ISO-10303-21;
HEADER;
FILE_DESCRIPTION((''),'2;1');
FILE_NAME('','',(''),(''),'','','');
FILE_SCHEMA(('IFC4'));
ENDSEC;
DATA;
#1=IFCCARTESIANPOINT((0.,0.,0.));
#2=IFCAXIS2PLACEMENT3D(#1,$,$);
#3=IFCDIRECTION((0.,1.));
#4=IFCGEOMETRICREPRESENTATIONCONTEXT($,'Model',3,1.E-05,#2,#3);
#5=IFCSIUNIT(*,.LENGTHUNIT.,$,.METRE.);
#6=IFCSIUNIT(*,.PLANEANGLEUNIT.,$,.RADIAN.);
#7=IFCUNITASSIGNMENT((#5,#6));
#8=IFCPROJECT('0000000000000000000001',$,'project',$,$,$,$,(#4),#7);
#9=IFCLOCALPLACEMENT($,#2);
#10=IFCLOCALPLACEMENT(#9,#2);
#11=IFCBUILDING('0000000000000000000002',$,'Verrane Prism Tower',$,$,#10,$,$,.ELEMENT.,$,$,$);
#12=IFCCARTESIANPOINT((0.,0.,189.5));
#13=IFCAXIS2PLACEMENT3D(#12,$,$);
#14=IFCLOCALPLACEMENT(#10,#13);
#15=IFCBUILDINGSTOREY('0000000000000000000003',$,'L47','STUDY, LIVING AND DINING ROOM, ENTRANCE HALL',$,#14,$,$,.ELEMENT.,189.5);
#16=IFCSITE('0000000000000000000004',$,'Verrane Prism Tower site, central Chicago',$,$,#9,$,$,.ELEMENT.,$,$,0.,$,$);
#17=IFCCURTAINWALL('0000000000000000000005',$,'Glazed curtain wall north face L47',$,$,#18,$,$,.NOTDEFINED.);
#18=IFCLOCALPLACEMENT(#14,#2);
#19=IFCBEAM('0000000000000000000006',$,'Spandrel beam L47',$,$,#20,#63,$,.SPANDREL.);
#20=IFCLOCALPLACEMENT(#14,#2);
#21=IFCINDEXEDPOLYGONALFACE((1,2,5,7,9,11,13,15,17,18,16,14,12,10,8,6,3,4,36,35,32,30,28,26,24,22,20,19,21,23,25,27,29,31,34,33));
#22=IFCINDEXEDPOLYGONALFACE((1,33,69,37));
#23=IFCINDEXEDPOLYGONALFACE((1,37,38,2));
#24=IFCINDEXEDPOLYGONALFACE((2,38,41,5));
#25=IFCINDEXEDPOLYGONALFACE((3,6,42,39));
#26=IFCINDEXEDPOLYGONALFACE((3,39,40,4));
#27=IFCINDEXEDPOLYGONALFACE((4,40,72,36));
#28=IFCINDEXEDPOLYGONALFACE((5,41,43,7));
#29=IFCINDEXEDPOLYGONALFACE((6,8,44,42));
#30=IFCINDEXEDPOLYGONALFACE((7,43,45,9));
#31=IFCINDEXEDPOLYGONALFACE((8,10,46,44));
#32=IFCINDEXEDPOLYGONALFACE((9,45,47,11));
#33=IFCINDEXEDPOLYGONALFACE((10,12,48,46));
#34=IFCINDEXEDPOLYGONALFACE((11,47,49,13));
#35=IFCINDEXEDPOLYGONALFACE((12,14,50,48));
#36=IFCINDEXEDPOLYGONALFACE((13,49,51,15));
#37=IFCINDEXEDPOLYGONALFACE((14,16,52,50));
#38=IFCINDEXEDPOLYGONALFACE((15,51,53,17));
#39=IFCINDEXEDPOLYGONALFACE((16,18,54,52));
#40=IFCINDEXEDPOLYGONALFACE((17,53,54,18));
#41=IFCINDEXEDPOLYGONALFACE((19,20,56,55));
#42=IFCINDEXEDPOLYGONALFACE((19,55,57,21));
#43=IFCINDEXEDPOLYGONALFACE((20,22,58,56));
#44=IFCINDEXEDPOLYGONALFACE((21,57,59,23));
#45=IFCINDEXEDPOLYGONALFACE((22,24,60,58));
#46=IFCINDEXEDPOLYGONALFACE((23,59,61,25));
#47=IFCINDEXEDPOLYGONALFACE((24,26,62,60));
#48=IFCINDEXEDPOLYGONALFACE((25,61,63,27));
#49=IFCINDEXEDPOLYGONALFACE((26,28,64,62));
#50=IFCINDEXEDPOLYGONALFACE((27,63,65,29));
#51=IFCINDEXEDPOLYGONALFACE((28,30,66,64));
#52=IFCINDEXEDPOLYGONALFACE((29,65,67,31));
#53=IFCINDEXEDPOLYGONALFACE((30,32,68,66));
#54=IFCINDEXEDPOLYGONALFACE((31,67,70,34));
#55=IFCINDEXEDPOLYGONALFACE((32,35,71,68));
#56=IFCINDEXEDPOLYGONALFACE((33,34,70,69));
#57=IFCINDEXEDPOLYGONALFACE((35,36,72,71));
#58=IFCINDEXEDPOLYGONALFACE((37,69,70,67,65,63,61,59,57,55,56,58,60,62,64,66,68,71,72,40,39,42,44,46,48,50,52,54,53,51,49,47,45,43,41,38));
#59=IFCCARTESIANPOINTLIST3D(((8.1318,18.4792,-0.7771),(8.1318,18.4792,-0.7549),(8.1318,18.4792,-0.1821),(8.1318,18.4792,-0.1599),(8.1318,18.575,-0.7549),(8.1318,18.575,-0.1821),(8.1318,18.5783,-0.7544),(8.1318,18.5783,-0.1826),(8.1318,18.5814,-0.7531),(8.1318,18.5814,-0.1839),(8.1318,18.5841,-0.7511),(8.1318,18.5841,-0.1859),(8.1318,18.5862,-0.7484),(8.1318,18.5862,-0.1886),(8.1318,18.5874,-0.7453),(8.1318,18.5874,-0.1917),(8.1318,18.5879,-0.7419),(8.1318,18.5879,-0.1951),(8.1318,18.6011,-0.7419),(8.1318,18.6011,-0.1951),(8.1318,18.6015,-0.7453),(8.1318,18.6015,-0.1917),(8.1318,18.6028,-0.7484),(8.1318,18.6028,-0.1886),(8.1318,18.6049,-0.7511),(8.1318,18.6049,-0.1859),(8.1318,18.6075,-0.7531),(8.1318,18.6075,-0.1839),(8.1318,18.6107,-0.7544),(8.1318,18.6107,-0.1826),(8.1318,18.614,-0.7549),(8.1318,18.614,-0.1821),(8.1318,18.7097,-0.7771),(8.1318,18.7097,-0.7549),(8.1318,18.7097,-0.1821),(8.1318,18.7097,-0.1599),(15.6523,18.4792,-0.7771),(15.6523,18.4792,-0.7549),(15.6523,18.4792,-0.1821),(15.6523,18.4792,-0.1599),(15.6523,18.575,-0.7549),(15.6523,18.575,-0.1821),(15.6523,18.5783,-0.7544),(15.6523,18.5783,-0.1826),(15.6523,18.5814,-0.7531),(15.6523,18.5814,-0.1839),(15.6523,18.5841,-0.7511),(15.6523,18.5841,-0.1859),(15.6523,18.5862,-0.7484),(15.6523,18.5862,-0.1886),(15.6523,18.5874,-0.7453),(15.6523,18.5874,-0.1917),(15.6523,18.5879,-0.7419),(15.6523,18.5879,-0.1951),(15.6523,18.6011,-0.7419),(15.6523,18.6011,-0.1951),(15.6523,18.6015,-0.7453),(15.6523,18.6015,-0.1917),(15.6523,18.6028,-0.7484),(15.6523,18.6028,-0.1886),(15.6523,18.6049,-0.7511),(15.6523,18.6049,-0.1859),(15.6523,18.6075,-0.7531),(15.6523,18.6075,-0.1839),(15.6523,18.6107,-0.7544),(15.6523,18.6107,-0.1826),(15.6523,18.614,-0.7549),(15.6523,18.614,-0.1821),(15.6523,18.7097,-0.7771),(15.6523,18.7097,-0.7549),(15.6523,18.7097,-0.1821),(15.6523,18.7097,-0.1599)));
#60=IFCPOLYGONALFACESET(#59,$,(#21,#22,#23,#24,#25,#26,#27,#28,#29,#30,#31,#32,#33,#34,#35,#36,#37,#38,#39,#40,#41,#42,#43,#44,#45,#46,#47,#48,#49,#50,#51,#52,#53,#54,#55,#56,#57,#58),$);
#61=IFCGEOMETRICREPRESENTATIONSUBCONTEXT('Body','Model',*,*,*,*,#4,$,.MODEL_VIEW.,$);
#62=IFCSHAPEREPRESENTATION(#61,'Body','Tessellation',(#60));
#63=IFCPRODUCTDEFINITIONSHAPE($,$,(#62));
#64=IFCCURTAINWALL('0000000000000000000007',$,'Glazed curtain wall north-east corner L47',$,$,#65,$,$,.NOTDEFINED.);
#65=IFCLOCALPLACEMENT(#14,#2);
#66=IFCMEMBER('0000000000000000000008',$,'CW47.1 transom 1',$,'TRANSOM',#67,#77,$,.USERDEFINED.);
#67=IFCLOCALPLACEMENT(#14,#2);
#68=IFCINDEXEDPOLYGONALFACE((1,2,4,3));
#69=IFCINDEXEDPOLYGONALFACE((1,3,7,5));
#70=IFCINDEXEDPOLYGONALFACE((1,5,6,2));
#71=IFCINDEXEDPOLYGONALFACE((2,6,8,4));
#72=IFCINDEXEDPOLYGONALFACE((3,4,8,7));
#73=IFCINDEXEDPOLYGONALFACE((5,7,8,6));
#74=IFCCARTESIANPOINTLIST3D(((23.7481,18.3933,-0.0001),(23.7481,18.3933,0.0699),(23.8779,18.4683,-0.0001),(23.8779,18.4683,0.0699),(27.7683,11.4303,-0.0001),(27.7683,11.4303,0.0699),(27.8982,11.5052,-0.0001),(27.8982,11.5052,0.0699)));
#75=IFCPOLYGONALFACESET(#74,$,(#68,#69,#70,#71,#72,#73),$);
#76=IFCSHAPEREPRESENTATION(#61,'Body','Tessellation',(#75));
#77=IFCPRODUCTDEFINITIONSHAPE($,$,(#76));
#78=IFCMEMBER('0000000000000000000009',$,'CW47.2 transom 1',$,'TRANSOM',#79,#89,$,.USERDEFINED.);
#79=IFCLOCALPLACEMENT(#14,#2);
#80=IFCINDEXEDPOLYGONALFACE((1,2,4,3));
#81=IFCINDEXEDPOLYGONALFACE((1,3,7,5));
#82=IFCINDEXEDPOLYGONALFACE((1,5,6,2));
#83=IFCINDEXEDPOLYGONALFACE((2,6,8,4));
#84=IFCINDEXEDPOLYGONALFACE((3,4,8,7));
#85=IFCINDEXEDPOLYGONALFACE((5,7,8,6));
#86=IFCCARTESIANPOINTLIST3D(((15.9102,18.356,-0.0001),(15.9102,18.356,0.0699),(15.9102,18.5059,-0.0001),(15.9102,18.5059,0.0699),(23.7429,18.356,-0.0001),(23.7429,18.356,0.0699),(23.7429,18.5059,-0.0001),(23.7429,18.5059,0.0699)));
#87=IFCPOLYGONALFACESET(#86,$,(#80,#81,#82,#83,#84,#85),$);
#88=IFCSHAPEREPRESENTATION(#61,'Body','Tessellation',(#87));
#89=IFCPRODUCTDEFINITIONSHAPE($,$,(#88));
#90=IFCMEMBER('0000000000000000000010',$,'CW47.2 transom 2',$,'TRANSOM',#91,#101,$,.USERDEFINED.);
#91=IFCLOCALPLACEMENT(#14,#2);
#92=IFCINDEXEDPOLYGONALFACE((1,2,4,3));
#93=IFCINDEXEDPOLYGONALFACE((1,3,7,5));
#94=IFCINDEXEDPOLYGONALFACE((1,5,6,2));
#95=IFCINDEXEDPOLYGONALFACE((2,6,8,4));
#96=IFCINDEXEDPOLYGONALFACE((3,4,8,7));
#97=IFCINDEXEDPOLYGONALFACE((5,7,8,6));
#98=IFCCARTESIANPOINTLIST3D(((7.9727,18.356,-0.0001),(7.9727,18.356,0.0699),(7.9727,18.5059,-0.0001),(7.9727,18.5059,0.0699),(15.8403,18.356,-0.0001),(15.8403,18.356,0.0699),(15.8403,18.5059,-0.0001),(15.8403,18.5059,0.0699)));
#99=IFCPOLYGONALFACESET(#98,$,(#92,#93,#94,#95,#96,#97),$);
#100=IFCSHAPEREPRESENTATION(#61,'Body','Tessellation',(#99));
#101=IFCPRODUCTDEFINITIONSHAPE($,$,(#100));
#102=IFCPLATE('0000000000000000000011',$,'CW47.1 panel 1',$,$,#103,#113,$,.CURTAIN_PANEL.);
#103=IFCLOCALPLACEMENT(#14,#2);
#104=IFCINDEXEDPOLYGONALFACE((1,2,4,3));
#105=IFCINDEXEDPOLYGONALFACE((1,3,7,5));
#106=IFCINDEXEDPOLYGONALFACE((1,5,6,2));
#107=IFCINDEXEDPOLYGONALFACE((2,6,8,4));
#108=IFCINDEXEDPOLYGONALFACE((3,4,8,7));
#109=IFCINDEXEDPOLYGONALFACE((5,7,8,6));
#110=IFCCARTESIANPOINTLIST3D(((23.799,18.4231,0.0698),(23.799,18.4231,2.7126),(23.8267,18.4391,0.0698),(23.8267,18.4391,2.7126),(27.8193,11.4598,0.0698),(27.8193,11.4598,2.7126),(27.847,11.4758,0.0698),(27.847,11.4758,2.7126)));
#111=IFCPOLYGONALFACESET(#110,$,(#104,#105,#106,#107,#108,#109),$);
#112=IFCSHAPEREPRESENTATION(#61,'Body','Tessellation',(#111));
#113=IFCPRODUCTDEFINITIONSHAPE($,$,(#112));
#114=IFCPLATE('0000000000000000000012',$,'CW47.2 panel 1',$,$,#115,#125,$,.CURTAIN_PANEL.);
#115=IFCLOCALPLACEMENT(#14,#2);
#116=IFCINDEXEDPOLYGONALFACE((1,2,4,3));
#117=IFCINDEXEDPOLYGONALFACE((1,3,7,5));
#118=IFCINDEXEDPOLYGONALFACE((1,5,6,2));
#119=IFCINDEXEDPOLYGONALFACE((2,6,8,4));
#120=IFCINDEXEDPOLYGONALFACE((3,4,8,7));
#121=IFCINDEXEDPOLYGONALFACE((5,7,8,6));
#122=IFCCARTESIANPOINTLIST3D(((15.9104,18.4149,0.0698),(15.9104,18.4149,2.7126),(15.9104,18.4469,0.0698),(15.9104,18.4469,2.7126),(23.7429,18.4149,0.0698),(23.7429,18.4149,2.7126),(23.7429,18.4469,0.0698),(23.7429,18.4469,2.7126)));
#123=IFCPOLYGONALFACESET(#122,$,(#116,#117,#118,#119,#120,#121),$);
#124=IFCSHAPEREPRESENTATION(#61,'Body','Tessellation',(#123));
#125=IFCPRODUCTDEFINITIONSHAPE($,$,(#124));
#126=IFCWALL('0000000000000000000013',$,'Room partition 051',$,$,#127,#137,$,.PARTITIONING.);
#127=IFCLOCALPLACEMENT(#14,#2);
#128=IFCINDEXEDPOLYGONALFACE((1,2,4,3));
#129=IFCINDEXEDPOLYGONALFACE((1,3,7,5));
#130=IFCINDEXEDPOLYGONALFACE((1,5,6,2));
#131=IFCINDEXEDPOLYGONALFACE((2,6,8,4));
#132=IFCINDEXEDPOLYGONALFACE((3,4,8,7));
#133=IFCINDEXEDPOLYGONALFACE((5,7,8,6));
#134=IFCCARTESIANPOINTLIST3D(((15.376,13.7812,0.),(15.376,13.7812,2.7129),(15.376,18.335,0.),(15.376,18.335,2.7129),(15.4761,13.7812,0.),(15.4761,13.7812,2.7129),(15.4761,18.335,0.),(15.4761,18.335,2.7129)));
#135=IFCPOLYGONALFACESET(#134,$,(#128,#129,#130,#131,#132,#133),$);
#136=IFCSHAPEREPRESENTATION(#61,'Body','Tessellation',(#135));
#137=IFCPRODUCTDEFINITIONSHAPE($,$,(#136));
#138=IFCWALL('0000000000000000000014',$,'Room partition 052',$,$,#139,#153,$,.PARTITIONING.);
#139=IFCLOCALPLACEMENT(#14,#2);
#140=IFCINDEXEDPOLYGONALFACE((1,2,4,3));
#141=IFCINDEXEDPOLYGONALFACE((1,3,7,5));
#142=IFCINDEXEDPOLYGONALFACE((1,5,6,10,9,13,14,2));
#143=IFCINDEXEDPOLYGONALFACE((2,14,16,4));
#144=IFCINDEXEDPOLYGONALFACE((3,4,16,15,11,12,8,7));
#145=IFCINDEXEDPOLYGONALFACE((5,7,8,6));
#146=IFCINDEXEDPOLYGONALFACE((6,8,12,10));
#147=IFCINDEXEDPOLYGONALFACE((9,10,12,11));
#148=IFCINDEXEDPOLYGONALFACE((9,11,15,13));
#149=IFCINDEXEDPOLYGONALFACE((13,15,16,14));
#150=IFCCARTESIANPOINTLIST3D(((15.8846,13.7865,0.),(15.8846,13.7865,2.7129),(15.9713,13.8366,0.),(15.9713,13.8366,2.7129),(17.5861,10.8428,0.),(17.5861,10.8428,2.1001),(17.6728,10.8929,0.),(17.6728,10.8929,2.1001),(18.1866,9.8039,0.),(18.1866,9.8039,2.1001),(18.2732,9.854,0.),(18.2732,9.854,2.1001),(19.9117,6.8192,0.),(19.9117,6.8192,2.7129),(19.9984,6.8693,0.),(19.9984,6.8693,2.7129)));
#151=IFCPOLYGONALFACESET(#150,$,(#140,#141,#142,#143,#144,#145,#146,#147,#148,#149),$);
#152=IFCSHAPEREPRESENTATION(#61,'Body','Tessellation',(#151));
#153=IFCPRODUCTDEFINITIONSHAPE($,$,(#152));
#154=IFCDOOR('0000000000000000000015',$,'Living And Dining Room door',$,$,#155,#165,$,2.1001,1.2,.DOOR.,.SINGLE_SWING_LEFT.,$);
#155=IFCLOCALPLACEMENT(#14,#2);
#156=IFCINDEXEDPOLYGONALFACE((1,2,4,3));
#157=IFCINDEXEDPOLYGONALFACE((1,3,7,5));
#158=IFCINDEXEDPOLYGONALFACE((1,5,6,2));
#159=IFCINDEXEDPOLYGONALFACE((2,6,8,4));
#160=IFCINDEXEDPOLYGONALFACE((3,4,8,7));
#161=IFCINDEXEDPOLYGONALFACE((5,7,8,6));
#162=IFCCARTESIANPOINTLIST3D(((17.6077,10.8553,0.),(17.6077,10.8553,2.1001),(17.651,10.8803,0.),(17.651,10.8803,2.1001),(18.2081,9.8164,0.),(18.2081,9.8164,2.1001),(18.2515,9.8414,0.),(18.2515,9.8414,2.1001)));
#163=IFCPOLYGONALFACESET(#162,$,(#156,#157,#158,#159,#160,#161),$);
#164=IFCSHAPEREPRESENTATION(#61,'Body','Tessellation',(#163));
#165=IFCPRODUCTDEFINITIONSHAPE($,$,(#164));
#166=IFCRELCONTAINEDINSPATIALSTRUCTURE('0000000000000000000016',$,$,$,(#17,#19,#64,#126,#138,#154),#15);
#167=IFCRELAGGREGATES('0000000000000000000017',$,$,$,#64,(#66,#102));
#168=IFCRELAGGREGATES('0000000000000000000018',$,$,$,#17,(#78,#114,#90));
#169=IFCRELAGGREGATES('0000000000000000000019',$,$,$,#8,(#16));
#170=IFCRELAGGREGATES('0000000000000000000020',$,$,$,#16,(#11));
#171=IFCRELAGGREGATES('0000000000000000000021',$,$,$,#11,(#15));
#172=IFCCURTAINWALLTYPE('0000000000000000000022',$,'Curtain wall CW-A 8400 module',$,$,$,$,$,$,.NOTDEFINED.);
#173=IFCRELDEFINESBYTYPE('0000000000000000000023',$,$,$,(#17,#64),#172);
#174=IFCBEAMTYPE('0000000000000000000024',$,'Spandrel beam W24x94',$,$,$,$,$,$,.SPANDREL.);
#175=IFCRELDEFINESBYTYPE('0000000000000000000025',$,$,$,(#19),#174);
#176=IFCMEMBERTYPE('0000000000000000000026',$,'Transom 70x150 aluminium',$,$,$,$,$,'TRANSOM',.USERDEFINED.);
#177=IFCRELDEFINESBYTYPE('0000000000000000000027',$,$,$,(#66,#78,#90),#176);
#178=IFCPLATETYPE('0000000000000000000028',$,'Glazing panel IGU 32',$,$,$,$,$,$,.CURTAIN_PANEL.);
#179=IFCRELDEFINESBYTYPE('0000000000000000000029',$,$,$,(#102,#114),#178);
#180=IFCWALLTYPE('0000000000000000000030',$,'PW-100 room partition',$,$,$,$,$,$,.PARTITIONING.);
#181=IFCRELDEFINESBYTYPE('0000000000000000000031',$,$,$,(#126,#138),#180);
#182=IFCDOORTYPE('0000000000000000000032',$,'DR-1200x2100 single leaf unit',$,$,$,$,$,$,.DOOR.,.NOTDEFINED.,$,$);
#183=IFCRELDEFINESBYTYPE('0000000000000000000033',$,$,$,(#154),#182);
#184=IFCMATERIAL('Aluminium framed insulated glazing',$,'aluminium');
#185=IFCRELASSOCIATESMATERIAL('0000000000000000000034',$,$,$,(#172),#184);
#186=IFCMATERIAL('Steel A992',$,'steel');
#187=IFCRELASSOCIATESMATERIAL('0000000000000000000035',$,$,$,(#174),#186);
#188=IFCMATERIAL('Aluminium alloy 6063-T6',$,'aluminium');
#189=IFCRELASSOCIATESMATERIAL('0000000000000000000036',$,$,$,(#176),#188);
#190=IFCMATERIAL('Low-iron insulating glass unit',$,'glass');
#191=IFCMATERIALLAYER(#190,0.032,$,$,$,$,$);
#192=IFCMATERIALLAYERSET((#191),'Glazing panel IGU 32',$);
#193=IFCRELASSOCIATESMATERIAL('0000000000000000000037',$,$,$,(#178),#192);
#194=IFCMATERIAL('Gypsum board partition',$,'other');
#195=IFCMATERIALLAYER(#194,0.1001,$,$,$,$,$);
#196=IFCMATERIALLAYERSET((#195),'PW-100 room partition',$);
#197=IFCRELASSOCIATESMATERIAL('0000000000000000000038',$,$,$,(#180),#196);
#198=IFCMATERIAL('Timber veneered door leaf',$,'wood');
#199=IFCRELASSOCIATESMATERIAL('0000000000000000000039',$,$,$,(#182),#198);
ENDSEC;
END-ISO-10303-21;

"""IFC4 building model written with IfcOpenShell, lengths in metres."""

from ifc_helpers import new_model, si_unit, direction, frame, frame_2d, origin, origin_2d, place, context, subcontext, project, spatial, rectangle, i_section, extrude, material, layer, layer_set, material_profile, profile_set, type_object, element, fill, aggregate, save


model = new_model("IFC4")

# Units and contexts
model_context = context("Model", 3, precision=1e-05, world=origin(), true_north=direction((0.0, 1.0)))
body_context = subcontext(model_context, "Body", "Model", "MODEL_VIEW")
ifc_project = project(units=[si_unit("LENGTHUNIT", "METRE"), si_unit("PLANEANGLEUNIT", "RADIAN")], contexts=[model_context])

# Site, building, storey
site_placement = place(None, origin())
site = spatial("IfcSite", under=ifc_project, at=site_placement, Name="Verrane Prism Tower site, central Chicago", CompositionType="ELEMENT", RefElevation=0.0)
building_placement = place(site_placement, origin())
building = spatial("IfcBuilding", under=site, at=building_placement, Name="Verrane Prism Tower", CompositionType="ELEMENT")
storey_placement = place(building_placement, frame((0.0, 0.0, 189.5)))
storey = spatial("IfcBuildingStorey", under=building, at=storey_placement, Name="L47", Description="STUDY, LIVING AND DINING ROOM, ENTRANCE HALL", CompositionType="ELEMENT", Elevation=189.5)

# Curtain wall
ifc_material_1 = material(Name="Aluminium framed insulated glazing", Category="aluminium")
curtain_wall_type = type_object("IfcCurtainWallType", Name="Curtain wall CW-A 8400 module", PredefinedType="NOTDEFINED", material=ifc_material_1)
curtain_wall_1_placement = place(storey_placement, origin())
curtain_wall_1 = element("IfcCurtainWall", 1, at=curtain_wall_1_placement, inside=storey, type_object=curtain_wall_type, Name="Glazed curtain wall north face L47", PredefinedType="NOTDEFINED")

# Beam
ifc_material_2 = material(Name="Steel A992", Category="steel")
ifc_material_profile_1 = material_profile(ifc_material_2, i_section(OverallWidth=0.2305, OverallDepth=0.6172, WebThickness=0.0132, FlangeThickness=0.0222, FilletRadius=0.0129, at=origin_2d()), Name="W24x94")
ifc_profile_set_1 = profile_set([ifc_material_profile_1], Name="Steel A992")
beam_type_1 = type_object("IfcBeamType", Name="Spandrel beam W24x94", PredefinedType="SPANDREL", material=ifc_profile_set_1)
beam_1_placement = place(storey_placement, frame((15.6523, 18.5945, -0.4685), z_axis=(-1.0, 0.0, 0.0), x_axis=(0.0, -1.0, 0.0)))
element("IfcBeam", 2, at=beam_1_placement, inside=storey, type_object=beam_type_1, Name="Spandrel beam L47", PredefinedType="SPANDREL", context=body_context, shape_type="SweptSolid", body=[
    extrude(i_section(OverallWidth=0.2305, OverallDepth=0.6172, WebThickness=0.0132, FlangeThickness=0.0222, FilletRadius=0.0129, at=origin_2d()), origin(), (0.0, 0.0, 1.0), 7.5205),
])

# Curtain wall, member
curtain_wall_2_placement = place(storey_placement, origin())
curtain_wall_2 = element("IfcCurtainWall", 3, at=curtain_wall_2_placement, inside=storey, type_object=curtain_wall_type, Name="Glazed curtain wall north-east corner L47", PredefinedType="NOTDEFINED")
ifc_material_3 = material(Name="Aluminium alloy 6063-T6", Category="aluminium")
ifc_material_profile_2 = material_profile(ifc_material_3, rectangle(XDim=0.1499, YDim=0.0701, at=origin_2d()), Name="Transom 70x150 aluminium")
ifc_profile_set_2 = profile_set([ifc_material_profile_2], Name="Aluminium alloy 6063-T6")
member_type_1 = type_object("IfcMemberType", Name="Transom 70x150 aluminium", ElementType="TRANSOM", PredefinedType="USERDEFINED", material=ifc_profile_set_2)
member_1_placement = place(storey_placement, frame((27.8333, 11.4678, 0.0349), z_axis=(-0.500009, 0.86602, 0.0), x_axis=(-0.86602, -0.500009, 0.0)))
member_1 = element("IfcMember", 4, at=member_1_placement, type_object=member_type_1, Name="CW47.1 transom 1", ObjectType="TRANSOM", PredefinedType="USERDEFINED", context=body_context, shape_type="SweptSolid", body=[
    extrude(rectangle(XDim=0.1499, YDim=0.0701, at=origin_2d()), origin(), (0.0, 0.0, 1.0), 8.0403),
])

# Members
member_2_placement = place(storey_placement, frame((23.7429, 18.4309, 0.0349), z_axis=(-1.0, 0.0, 0.0), x_axis=(0.0, -1.0, 0.0)))
member_2 = element("IfcMember", 5, at=member_2_placement, type_object=member_type_1, Name="CW47.2 transom 1", ObjectType="TRANSOM", PredefinedType="USERDEFINED", context=body_context, shape_type="SweptSolid", body=[
    extrude(rectangle(XDim=0.1499, YDim=0.0701, at=origin_2d()), origin(), (0.0, 0.0, 1.0), 7.8328),
])
member_3_placement = place(storey_placement, frame((15.8403, 18.4309, 0.0349), z_axis=(-1.0, 0.0, 0.0), x_axis=(0.0, -1.0, 0.0)))
member_3 = element("IfcMember", 6, at=member_3_placement, type_object=member_type_1, Name="CW47.2 transom 2", ObjectType="TRANSOM", PredefinedType="USERDEFINED", context=body_context, shape_type="SweptSolid", body=[
    extrude(rectangle(XDim=0.1499, YDim=0.0701, at=origin_2d()), origin(), (0.0, 0.0, 1.0), 7.8677),
])

# Plates
ifc_material_4 = material(Name="Low-iron insulating glass unit", Category="glass")
ifc_layer_1 = layer(ifc_material_4, 0.032)
ifc_layer_set_1 = layer_set([ifc_layer_1], Name="Glazing panel IGU 32")
plate_type = type_object("IfcPlateType", Name="Glazing panel IGU 32", PredefinedType="CURTAIN_PANEL", material=ifc_layer_set_1)
plate_1_placement = place(storey_placement, frame((25.823, 14.9495, 0.0698), z_axis=(0.0, 0.0, 1.0), x_axis=(-0.500005, 0.866023, 0.0)))
plate_1 = element("IfcPlate", 7, at=plate_1_placement, type_object=plate_type, Name="CW47.1 panel 1", PredefinedType="CURTAIN_PANEL", context=body_context, shape_type="SweptSolid", body=[
    extrude(rectangle(XDim=8.0405, YDim=0.032, at=origin_2d()), origin(), (0.0, 0.0, 1.0), 2.6428),
])
aggregate(curtain_wall_2, [member_1, plate_1])
plate_2_placement = place(storey_placement, frame((19.8267, 18.4309, 0.0698), z_axis=(0.0, 0.0, 1.0), x_axis=(-1.0, 0.0, 0.0)))
plate_2 = element("IfcPlate", 8, at=plate_2_placement, type_object=plate_type, Name="CW47.2 panel 1", PredefinedType="CURTAIN_PANEL", context=body_context, shape_type="SweptSolid", body=[
    extrude(rectangle(XDim=7.8325, YDim=0.032, at=origin_2d()), origin(), (0.0, 0.0, 1.0), 2.6428),
])
aggregate(curtain_wall_1, [member_2, plate_2, member_3])

# Wall
ifc_material_5 = material(Name="Gypsum board partition", Category="other")
ifc_layer_2 = layer(ifc_material_5, 0.1001)
ifc_layer_set_2 = layer_set([ifc_layer_2], Name="PW-100 room partition")
wall_type_1 = type_object("IfcWallType", Name="PW-100 room partition", PredefinedType="PARTITIONING", material=ifc_layer_set_2)
wall_1_placement = place(storey_placement, frame((15.426, 13.7812, 0.0), z_axis=(0.0, 0.0, 1.0), x_axis=(0.0, 1.0, 0.0)))
element("IfcWall", 9, at=wall_1_placement, inside=storey, type_object=wall_type_1, Name="Room partition 051", PredefinedType="PARTITIONING", context=body_context, shape_type="SweptSolid", body=[
    extrude(rectangle(XDim=4.5537, YDim=0.1001, at=frame_2d((2.2769, 0.0))), origin(), (0.0, 0.0, 1.0), 2.7129),
])

# Wall, opening, door
wall_2_placement = place(storey_placement, frame((15.928, 13.8115, 0.0), z_axis=(0.0, 0.0, 1.0), x_axis=(0.500423, -0.865781, 0.0)))
wall_2 = element("IfcWall", 10, at=wall_2_placement, inside=storey, type_object=wall_type_1, Name="Room partition 052", PredefinedType="PARTITIONING", context=body_context, shape_type="SweptSolid", body=[
    extrude(rectangle(XDim=8.0474, YDim=0.1001, at=frame_2d((4.0237, 0.0))), origin(), (0.0, 0.0, 1.0), 2.7129),
])
opening_1_placement = place(wall_2_placement, frame((3.3999, 0.0, 0.0)))
opening_1 = element("IfcOpeningElement", 11, at=opening_1_placement, cuts=wall_2, PredefinedType="OPENING", context=body_context, shape_type="SweptSolid", body=[
    extrude(rectangle(XDim=1.2, YDim=2.1001, at=frame_2d((0.6001, 1.05))), frame((0.0, 0.0601, 0.0), z_axis=(0.0, -1.0, 0.0), x_axis=(1.0, 0.0, 0.0)), (0.0, 0.0, 1.0), 0.1201),
])
ifc_material_6 = material(Name="Timber veneered door leaf", Category="wood")
door_type_1 = type_object("IfcDoorType", Name="DR-1200x2100 single leaf unit", OperationType="NOTDEFINED", PredefinedType="DOOR", material=ifc_material_6)
door_1_placement = place(opening_1_placement, origin())
door_1 = element("IfcDoor", 12, at=door_1_placement, inside=storey, type_object=door_type_1, Name="Living And Dining Room door", OperationType="SINGLE_SWING_LEFT", OverallHeight=2.1001, OverallWidth=1.2, PredefinedType="DOOR", context=body_context, shape_type="SweptSolid", body=[
    extrude(rectangle(XDim=1.2, YDim=2.1001, at=frame_2d((0.6001, 1.05))), frame((0.0, 0.0249, 0.0), z_axis=(0.0, -1.0, 0.0), x_axis=(1.0, 0.0, 0.0)), (0.0, 0.0, 1.0), 0.05),
])
fill(opening_1, door_1)

save(model, "model.ifc")
